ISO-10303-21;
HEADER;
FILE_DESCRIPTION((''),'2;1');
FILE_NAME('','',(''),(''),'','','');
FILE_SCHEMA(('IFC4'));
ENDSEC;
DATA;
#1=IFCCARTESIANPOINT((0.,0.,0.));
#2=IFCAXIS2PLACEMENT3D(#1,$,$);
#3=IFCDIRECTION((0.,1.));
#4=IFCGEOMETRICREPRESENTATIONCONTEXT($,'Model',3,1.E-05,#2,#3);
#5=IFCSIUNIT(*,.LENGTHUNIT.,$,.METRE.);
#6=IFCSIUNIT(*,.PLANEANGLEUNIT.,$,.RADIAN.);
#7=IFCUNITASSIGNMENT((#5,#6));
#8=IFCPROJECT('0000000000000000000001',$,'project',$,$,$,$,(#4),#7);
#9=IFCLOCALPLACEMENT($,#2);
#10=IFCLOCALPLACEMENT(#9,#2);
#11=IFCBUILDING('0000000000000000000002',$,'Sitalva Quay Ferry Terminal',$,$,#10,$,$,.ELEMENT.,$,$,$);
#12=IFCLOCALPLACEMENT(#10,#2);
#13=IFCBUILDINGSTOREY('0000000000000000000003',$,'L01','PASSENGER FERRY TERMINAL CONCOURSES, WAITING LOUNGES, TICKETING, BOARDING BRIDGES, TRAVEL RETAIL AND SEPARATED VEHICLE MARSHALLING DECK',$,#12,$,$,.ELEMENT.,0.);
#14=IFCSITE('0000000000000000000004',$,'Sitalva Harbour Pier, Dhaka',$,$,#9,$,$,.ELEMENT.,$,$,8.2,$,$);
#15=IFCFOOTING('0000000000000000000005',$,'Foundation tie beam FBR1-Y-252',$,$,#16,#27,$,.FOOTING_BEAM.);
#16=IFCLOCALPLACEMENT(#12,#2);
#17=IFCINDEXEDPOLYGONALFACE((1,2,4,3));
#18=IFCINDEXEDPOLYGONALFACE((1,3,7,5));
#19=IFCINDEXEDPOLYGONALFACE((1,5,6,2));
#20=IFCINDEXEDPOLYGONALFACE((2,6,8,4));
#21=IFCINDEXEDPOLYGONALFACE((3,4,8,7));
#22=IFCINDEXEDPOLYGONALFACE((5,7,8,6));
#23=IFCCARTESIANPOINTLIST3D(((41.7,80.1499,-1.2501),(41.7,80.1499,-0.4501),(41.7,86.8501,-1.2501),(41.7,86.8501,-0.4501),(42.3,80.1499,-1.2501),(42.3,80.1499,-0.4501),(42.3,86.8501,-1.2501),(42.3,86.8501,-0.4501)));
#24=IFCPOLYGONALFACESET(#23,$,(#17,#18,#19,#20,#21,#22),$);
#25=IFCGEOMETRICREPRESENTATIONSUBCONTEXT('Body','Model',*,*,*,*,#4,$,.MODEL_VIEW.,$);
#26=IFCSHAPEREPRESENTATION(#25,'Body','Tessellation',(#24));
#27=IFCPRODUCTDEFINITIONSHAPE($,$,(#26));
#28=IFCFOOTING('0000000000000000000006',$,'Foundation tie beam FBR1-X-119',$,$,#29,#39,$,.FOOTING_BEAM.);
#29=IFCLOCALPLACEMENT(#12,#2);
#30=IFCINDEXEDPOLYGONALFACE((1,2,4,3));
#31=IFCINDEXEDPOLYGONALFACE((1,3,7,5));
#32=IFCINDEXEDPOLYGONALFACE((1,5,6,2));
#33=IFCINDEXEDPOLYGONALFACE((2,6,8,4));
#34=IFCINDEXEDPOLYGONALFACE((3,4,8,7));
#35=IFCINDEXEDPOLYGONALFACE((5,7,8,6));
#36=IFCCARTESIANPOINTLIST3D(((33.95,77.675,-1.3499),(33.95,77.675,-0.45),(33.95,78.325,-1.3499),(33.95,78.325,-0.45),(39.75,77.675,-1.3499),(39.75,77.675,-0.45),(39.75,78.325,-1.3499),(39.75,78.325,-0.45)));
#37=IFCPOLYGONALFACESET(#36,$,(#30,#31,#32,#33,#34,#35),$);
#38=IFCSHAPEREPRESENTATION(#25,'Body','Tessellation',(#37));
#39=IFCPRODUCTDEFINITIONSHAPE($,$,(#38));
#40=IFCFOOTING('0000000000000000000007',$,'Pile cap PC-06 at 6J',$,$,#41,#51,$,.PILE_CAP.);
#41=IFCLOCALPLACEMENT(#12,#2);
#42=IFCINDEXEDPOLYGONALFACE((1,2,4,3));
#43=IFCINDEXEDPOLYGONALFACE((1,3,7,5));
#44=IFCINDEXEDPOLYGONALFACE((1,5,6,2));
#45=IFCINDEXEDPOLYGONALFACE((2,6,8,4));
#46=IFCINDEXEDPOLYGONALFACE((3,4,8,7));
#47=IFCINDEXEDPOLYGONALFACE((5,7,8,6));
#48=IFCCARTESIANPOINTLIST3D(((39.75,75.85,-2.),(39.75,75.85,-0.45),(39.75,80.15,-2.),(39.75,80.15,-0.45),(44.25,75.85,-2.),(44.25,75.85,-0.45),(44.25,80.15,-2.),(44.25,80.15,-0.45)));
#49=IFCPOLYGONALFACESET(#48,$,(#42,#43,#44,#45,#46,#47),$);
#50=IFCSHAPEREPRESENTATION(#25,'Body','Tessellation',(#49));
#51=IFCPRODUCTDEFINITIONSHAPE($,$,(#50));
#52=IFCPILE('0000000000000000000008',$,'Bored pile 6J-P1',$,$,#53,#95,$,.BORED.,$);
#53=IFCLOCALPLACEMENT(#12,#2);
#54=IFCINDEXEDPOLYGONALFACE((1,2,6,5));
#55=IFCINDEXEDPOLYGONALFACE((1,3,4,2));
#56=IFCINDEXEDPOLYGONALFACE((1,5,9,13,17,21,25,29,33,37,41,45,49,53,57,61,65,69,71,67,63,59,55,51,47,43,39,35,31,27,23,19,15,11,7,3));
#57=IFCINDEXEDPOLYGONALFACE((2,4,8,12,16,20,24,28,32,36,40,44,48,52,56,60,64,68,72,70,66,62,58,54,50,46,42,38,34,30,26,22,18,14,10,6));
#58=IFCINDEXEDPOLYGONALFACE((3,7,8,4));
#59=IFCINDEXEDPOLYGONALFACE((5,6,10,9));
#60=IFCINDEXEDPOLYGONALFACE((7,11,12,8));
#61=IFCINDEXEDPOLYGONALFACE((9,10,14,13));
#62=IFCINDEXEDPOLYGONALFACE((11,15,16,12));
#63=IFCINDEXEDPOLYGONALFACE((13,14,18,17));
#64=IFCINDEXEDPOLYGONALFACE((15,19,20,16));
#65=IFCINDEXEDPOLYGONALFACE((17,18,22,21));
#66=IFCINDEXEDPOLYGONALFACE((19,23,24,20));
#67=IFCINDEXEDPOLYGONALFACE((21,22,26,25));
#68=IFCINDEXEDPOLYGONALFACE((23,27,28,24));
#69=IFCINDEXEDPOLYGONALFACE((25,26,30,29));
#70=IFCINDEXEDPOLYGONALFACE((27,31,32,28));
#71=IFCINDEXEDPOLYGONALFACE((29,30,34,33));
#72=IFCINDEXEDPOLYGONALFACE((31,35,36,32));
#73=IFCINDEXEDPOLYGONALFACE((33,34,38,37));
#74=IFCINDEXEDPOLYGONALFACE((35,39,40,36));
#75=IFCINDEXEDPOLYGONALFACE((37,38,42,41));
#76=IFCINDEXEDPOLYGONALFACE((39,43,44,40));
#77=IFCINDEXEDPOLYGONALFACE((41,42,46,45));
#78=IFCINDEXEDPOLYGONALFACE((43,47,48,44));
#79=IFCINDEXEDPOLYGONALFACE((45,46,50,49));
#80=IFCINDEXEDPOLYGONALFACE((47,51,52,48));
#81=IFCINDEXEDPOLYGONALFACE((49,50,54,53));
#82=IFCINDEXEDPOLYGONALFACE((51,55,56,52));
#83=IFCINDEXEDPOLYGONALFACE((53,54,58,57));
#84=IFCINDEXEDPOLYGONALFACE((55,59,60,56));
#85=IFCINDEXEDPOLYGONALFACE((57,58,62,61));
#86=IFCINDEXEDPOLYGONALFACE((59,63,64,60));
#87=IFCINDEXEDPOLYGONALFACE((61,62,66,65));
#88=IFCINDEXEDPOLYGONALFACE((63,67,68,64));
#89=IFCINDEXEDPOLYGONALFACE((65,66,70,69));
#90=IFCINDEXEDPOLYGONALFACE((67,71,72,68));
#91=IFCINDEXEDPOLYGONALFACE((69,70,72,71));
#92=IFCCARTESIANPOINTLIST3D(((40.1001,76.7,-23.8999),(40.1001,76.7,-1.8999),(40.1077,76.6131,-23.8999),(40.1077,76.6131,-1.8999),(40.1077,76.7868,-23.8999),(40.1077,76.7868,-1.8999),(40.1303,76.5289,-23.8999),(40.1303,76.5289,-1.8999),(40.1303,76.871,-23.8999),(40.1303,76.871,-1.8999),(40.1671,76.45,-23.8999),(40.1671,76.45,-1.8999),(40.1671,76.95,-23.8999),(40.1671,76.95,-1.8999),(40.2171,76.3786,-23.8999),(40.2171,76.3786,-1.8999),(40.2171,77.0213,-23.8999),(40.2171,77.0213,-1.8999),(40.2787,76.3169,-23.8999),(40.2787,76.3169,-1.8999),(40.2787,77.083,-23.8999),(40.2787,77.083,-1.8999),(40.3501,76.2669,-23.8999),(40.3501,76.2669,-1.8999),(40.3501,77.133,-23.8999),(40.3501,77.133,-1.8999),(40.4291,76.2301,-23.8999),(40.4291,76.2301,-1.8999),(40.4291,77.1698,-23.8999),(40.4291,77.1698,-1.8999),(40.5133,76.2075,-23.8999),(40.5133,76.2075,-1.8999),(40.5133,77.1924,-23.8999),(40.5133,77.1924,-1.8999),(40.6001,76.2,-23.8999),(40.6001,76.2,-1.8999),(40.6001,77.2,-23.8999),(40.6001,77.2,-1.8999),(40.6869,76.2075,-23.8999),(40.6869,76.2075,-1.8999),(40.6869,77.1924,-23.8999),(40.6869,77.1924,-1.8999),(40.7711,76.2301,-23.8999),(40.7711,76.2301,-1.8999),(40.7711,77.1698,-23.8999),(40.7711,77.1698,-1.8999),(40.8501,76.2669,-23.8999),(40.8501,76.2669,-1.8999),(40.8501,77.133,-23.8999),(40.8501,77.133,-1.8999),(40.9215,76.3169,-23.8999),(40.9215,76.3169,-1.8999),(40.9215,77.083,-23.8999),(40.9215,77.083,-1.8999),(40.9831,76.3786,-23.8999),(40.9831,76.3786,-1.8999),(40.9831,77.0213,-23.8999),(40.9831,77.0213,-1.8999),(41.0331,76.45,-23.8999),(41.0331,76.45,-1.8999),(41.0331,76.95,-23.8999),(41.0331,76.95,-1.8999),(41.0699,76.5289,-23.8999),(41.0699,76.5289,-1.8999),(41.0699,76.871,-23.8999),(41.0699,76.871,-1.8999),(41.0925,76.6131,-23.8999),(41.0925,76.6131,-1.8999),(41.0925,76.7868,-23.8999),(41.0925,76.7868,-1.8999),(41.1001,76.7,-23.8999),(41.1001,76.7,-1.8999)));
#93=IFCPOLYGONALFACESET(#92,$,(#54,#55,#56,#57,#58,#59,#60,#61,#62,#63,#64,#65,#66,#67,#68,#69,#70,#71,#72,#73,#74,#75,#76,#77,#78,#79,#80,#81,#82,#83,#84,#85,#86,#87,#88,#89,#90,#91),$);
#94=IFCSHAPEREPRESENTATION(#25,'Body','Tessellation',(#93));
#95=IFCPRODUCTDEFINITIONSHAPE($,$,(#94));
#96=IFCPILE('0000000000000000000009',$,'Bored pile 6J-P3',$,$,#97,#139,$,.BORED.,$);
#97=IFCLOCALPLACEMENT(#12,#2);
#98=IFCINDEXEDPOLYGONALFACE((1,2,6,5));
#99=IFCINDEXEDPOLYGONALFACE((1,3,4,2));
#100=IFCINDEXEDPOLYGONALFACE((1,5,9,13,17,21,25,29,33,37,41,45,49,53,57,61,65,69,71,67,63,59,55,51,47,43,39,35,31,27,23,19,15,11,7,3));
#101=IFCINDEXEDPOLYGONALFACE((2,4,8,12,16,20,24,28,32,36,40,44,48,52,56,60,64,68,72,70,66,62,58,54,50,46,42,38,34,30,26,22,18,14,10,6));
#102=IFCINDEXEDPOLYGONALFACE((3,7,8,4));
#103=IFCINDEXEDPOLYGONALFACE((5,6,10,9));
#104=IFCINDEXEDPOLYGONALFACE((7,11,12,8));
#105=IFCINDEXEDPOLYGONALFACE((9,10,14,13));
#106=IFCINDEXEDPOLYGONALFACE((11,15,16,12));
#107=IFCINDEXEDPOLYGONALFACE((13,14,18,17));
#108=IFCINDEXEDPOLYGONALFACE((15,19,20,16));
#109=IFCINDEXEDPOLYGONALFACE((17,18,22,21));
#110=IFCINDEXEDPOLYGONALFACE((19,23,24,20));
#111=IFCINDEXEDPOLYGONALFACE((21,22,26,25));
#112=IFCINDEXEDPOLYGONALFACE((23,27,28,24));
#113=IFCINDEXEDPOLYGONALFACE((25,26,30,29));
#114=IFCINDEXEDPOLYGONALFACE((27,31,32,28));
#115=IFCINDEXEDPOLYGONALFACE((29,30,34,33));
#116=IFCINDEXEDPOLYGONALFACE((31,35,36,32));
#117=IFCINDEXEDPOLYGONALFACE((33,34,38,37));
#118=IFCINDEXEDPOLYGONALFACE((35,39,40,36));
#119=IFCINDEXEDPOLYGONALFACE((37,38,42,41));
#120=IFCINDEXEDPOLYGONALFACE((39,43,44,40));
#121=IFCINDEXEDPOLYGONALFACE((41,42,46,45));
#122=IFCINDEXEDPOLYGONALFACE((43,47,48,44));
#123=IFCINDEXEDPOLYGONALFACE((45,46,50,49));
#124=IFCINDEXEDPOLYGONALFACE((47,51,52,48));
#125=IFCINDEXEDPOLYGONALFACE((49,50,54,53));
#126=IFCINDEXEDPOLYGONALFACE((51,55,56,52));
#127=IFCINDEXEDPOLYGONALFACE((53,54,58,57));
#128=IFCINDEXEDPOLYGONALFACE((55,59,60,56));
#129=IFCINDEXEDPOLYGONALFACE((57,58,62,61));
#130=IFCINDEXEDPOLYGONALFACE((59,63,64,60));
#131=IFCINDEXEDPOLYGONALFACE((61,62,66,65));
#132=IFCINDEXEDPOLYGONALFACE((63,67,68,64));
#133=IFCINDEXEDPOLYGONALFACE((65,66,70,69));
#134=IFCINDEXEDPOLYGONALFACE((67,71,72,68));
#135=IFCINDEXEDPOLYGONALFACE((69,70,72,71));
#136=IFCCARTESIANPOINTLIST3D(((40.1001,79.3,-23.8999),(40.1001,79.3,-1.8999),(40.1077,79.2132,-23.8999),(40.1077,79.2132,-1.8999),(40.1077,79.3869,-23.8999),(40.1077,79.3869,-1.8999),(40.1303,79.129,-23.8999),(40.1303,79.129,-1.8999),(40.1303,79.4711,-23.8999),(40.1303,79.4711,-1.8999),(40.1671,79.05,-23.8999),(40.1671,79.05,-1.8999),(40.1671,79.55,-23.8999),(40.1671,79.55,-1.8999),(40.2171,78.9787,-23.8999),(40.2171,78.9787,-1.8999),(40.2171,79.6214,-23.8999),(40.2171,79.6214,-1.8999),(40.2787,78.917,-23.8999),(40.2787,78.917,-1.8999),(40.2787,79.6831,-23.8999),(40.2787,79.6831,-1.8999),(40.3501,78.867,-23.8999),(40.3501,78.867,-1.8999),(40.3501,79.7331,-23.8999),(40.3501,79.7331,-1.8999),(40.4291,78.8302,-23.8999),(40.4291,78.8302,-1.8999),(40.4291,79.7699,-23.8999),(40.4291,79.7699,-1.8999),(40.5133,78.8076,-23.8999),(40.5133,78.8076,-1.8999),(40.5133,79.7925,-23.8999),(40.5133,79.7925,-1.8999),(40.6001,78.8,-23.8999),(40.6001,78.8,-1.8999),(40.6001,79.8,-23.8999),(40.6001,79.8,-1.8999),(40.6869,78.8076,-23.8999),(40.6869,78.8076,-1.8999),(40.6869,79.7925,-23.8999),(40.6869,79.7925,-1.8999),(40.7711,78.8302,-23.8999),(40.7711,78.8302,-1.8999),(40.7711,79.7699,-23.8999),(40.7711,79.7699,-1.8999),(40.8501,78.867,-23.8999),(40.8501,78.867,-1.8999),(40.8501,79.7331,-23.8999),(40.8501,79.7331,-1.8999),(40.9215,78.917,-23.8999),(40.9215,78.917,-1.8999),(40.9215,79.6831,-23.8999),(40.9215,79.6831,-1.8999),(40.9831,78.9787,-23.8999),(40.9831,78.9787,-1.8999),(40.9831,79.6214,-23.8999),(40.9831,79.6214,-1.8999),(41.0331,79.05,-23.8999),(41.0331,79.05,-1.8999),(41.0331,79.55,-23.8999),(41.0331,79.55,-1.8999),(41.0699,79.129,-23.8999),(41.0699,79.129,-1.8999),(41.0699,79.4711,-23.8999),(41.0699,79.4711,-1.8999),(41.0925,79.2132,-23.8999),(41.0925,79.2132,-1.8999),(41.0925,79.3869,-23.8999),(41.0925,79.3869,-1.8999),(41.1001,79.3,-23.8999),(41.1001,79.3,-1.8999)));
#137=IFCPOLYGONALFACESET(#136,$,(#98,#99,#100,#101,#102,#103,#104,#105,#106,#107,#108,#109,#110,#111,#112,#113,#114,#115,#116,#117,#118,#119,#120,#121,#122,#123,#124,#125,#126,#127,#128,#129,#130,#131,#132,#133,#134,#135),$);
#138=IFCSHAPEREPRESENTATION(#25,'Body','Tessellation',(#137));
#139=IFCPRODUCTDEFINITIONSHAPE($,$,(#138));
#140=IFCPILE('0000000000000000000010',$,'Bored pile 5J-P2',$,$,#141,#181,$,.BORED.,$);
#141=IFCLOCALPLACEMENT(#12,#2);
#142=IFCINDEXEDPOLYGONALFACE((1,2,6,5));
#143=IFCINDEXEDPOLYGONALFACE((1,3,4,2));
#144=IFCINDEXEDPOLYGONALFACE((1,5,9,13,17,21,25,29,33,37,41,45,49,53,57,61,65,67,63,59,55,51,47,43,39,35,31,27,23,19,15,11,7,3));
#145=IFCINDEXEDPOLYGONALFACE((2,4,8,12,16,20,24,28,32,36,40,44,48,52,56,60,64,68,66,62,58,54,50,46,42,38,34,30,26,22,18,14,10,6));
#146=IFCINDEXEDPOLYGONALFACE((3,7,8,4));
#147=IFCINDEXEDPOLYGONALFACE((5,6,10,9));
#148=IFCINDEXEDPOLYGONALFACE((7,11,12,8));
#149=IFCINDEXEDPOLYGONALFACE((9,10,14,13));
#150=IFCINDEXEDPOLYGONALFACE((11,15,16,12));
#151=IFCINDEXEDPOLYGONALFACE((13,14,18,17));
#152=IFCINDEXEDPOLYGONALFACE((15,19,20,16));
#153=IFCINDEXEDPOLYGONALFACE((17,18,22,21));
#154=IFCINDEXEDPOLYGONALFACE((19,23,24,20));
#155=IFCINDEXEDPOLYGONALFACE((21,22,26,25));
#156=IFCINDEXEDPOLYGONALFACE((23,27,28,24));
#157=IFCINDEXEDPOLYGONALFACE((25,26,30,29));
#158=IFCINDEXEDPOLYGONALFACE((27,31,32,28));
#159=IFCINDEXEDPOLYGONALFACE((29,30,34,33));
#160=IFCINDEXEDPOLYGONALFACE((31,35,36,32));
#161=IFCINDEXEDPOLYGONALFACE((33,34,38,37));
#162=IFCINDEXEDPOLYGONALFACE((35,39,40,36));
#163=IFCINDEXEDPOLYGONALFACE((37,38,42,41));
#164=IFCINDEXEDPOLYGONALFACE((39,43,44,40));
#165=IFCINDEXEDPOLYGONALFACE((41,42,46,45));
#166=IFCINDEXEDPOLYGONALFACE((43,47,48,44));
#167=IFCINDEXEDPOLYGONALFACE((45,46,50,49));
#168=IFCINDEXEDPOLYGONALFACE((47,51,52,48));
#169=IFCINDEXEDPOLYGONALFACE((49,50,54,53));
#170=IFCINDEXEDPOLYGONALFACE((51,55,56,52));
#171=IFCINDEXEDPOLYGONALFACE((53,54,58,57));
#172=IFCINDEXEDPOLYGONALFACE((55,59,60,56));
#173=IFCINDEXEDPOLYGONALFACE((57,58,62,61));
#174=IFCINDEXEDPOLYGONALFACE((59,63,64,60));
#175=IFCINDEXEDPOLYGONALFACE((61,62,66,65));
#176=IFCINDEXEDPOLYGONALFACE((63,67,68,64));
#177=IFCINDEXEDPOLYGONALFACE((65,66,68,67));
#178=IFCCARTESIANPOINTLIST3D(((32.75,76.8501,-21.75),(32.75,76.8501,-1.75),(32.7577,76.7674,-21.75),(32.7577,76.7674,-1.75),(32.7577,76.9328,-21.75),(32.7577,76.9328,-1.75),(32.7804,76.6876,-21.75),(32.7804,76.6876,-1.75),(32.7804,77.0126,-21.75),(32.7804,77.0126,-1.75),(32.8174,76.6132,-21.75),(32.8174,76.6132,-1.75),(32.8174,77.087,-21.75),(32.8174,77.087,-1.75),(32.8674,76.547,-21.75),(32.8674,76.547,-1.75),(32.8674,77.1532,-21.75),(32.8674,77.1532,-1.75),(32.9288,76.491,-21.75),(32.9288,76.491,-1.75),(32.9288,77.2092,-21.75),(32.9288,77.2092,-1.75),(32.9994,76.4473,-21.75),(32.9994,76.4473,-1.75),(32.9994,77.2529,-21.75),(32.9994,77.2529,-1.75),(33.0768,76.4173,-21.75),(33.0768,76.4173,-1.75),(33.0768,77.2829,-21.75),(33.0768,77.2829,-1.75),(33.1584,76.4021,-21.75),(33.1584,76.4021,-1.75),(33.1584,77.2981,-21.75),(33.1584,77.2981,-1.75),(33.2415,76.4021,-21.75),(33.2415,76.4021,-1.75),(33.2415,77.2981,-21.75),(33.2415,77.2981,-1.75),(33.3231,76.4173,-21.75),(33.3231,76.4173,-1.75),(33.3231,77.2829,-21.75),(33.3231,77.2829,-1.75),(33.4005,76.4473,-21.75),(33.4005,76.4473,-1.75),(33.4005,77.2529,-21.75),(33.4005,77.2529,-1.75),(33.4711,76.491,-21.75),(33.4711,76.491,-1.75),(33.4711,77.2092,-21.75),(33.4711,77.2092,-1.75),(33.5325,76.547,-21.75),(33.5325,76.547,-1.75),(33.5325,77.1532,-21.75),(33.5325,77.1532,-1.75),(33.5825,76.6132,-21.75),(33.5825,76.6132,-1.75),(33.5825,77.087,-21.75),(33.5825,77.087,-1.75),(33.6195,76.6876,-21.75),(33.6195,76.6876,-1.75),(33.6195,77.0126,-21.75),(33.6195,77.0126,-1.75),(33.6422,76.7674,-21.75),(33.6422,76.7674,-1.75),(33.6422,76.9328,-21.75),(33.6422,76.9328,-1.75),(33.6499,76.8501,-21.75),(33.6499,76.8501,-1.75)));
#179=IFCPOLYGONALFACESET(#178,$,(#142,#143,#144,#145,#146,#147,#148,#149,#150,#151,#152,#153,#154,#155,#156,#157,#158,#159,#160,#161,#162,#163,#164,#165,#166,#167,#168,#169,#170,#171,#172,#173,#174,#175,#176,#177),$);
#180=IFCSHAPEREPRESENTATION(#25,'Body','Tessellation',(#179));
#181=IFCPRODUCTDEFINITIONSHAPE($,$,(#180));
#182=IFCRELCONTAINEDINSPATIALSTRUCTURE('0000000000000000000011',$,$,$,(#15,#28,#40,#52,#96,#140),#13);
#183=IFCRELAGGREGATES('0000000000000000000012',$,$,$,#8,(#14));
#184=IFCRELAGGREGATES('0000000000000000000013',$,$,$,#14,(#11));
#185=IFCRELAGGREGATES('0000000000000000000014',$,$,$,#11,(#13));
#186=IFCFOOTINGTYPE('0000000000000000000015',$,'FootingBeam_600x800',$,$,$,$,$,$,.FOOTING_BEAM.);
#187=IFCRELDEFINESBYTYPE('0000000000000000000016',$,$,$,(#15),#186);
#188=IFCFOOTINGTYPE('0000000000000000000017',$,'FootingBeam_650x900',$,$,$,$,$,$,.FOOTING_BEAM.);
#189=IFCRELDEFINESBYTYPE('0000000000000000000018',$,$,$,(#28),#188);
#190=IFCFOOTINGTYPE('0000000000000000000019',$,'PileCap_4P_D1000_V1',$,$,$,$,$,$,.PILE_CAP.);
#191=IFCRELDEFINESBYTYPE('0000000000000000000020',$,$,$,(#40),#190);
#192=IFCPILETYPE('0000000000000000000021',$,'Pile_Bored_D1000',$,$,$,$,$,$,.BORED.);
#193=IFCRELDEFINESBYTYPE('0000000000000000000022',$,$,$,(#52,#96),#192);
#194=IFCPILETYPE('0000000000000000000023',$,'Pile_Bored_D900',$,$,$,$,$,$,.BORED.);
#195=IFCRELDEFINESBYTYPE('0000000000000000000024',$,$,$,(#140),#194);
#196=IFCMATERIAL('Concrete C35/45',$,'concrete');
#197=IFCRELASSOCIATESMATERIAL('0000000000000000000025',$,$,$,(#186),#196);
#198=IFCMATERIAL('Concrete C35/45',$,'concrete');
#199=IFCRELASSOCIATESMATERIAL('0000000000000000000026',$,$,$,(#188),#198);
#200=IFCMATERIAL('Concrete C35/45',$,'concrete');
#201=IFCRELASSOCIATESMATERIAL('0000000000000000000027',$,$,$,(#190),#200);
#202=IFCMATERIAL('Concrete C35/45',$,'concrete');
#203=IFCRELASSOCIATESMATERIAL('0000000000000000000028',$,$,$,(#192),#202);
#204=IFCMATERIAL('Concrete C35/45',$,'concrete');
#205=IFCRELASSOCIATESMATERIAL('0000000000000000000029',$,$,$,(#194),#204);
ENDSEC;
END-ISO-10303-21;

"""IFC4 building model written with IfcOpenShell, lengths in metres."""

from ifc_helpers import new_model, si_unit, direction, frame, origin, origin_2d, place, context, subcontext, project, spatial, rectangle, circle, extrude, material, material_profile, profile_set, type_object, element, save


model = new_model("IFC4")

# Units and contexts
model_context = context("Model", 3, precision=1e-05, world=origin(), true_north=direction((0.0, 1.0)))
body_context = subcontext(model_context, "Body", "Model", "MODEL_VIEW")
ifc_project = project(units=[si_unit("LENGTHUNIT", "METRE"), si_unit("PLANEANGLEUNIT", "RADIAN")], contexts=[model_context])

# Site, building, storey
site_placement = place(None, origin())
site = spatial("IfcSite", under=ifc_project, at=site_placement, Name="Sitalva Harbour Pier, Dhaka", CompositionType="ELEMENT", RefElevation=8.2)
building_placement = place(site_placement, origin())
building = spatial("IfcBuilding", under=site, at=building_placement, Name="Sitalva Quay Ferry Terminal", CompositionType="ELEMENT")
storey_placement = place(building_placement, origin())
storey = spatial("IfcBuildingStorey", under=building, at=storey_placement, Name="L01", Description="PASSENGER FERRY TERMINAL CONCOURSES, WAITING LOUNGES, TICKETING, BOARDING BRIDGES, TRAVEL RETAIL AND SEPARATED VEHICLE MARSHALLING DECK", CompositionType="ELEMENT", Elevation=0.0)

# Footings
ifc_material_1 = material(Name="Concrete C35/45", Category="concrete")
ifc_material_profile_1 = material_profile(ifc_material_1, rectangle(XDim=0.6001, YDim=0.8, at=origin_2d()), Name="RC600x800")
ifc_profile_set_1 = profile_set([ifc_material_profile_1], Name="Concrete C35/45")
footing_type_1 = type_object("IfcFootingType", Name="FootingBeam_600x800", PredefinedType="FOOTING_BEAM", material=ifc_profile_set_1)
footing_1_placement = place(storey_placement, frame((42.0, 80.1499, -0.8501), z_axis=(0.0, 1.0, 0.0), x_axis=(-1.0, 0.0, 0.0)))
element("IfcFooting", 1, at=footing_1_placement, inside=storey, type_object=footing_type_1, Name="Foundation tie beam FBR1-Y-252", PredefinedType="FOOTING_BEAM", context=body_context, shape_type="SweptSolid", body=[
    extrude(rectangle(XDim=0.6001, YDim=0.8, at=origin_2d()), origin(), (0.0, 0.0, 1.0), 6.7002),
])
ifc_material_2 = material(Name="Concrete C35/45", Category="concrete")
ifc_material_profile_2 = material_profile(ifc_material_2, rectangle(XDim=0.6499, YDim=0.8999, at=origin_2d()), Name="RC650x900")
ifc_profile_set_2 = profile_set([ifc_material_profile_2], Name="Concrete C35/45")
footing_type_2 = type_object("IfcFootingType", Name="FootingBeam_650x900", PredefinedType="FOOTING_BEAM", material=ifc_profile_set_2)
footing_2_placement = place(storey_placement, frame((33.95, 78.0, -0.8999), z_axis=(1.0, 0.0, 0.0), x_axis=(0.0, 1.0, 0.0)))
element("IfcFooting", 2, at=footing_2_placement, inside=storey, type_object=footing_type_2, Name="Foundation tie beam FBR1-X-119", PredefinedType="FOOTING_BEAM", context=body_context, shape_type="SweptSolid", body=[
    extrude(rectangle(XDim=0.6499, YDim=0.8999, at=origin_2d()), origin(), (0.0, 0.0, 1.0), 5.8),
])
ifc_material_3 = material(Name="Concrete C35/45", Category="concrete")
footing_type_3 = type_object("IfcFootingType", Name="PileCap_4P_D1000_V1", PredefinedType="PILE_CAP", material=ifc_material_3)
footing_3_placement = place(storey_placement, frame((42.0, 78.0, -2.0), z_axis=(0.0, 0.0, 1.0), x_axis=(1.0, 0.0, 0.0)))
element("IfcFooting", 3, at=footing_3_placement, inside=storey, type_object=footing_type_3, Name="Pile cap PC-06 at 6J", PredefinedType="PILE_CAP", context=body_context, shape_type="SweptSolid", body=[
    extrude(rectangle(XDim=4.5, YDim=4.3, at=origin_2d()), origin(), (0.0, 0.0, 1.0), 1.55),
])

# Piles
ifc_material_4 = material(Name="Concrete C35/45", Category="concrete")
ifc_material_profile_3 = material_profile(ifc_material_4, circle(Radius=0.5, at=origin_2d()), Name="PILE-D1000")
ifc_profile_set_3 = profile_set([ifc_material_profile_3], Name="Concrete C35/45")
pile_type_1 = type_object("IfcPileType", Name="Pile_Bored_D1000", PredefinedType="BORED", material=ifc_profile_set_3)
for number, where, z_axis, x_axis, name in (
    (4, (40.6001, 76.7, -1.8999), (0.0, 0.0, -1.0), (1.0, 0.0, 0.0), "Bored pile 6J-P1"),
    (5, (40.6001, 79.3, -1.8999), (0.0, 0.0, -1.0), (1.0, 0.0, 0.0), "Bored pile 6J-P3"),
):
    element("IfcPile", number, at=place(storey_placement, frame(where, z_axis=z_axis, x_axis=x_axis)), inside=storey, type_object=pile_type_1, Name=name, PredefinedType="BORED", context=body_context, shape_type="SweptSolid", body=[
        extrude(circle(Radius=0.5, at=origin_2d()), origin(), (0.0, 0.0, 1.0), 22.0),
    ])
ifc_material_5 = material(Name="Concrete C35/45", Category="concrete")
ifc_material_profile_4 = material_profile(ifc_material_5, circle(Radius=0.45, at=origin_2d()), Name="PILE-D900")
ifc_profile_set_4 = profile_set([ifc_material_profile_4], Name="Concrete C35/45")
pile_type_2 = type_object("IfcPileType", Name="Pile_Bored_D900", PredefinedType="BORED", material=ifc_profile_set_4)
for number, where, z_axis, x_axis, name in (
    (6, (33.2, 76.8501, -1.75), (0.0, 0.0, -1.0), (1.0, 0.0, 0.0), "Bored pile 5J-P2"),
):
    element("IfcPile", number, at=place(storey_placement, frame(where, z_axis=z_axis, x_axis=x_axis)), inside=storey, type_object=pile_type_2, Name=name, PredefinedType="BORED", context=body_context, shape_type="SweptSolid", body=[
        extrude(circle(Radius=0.45, at=origin_2d()), origin(), (0.0, 0.0, 1.0), 20.0),
    ])

save(model, "model.ifc")
